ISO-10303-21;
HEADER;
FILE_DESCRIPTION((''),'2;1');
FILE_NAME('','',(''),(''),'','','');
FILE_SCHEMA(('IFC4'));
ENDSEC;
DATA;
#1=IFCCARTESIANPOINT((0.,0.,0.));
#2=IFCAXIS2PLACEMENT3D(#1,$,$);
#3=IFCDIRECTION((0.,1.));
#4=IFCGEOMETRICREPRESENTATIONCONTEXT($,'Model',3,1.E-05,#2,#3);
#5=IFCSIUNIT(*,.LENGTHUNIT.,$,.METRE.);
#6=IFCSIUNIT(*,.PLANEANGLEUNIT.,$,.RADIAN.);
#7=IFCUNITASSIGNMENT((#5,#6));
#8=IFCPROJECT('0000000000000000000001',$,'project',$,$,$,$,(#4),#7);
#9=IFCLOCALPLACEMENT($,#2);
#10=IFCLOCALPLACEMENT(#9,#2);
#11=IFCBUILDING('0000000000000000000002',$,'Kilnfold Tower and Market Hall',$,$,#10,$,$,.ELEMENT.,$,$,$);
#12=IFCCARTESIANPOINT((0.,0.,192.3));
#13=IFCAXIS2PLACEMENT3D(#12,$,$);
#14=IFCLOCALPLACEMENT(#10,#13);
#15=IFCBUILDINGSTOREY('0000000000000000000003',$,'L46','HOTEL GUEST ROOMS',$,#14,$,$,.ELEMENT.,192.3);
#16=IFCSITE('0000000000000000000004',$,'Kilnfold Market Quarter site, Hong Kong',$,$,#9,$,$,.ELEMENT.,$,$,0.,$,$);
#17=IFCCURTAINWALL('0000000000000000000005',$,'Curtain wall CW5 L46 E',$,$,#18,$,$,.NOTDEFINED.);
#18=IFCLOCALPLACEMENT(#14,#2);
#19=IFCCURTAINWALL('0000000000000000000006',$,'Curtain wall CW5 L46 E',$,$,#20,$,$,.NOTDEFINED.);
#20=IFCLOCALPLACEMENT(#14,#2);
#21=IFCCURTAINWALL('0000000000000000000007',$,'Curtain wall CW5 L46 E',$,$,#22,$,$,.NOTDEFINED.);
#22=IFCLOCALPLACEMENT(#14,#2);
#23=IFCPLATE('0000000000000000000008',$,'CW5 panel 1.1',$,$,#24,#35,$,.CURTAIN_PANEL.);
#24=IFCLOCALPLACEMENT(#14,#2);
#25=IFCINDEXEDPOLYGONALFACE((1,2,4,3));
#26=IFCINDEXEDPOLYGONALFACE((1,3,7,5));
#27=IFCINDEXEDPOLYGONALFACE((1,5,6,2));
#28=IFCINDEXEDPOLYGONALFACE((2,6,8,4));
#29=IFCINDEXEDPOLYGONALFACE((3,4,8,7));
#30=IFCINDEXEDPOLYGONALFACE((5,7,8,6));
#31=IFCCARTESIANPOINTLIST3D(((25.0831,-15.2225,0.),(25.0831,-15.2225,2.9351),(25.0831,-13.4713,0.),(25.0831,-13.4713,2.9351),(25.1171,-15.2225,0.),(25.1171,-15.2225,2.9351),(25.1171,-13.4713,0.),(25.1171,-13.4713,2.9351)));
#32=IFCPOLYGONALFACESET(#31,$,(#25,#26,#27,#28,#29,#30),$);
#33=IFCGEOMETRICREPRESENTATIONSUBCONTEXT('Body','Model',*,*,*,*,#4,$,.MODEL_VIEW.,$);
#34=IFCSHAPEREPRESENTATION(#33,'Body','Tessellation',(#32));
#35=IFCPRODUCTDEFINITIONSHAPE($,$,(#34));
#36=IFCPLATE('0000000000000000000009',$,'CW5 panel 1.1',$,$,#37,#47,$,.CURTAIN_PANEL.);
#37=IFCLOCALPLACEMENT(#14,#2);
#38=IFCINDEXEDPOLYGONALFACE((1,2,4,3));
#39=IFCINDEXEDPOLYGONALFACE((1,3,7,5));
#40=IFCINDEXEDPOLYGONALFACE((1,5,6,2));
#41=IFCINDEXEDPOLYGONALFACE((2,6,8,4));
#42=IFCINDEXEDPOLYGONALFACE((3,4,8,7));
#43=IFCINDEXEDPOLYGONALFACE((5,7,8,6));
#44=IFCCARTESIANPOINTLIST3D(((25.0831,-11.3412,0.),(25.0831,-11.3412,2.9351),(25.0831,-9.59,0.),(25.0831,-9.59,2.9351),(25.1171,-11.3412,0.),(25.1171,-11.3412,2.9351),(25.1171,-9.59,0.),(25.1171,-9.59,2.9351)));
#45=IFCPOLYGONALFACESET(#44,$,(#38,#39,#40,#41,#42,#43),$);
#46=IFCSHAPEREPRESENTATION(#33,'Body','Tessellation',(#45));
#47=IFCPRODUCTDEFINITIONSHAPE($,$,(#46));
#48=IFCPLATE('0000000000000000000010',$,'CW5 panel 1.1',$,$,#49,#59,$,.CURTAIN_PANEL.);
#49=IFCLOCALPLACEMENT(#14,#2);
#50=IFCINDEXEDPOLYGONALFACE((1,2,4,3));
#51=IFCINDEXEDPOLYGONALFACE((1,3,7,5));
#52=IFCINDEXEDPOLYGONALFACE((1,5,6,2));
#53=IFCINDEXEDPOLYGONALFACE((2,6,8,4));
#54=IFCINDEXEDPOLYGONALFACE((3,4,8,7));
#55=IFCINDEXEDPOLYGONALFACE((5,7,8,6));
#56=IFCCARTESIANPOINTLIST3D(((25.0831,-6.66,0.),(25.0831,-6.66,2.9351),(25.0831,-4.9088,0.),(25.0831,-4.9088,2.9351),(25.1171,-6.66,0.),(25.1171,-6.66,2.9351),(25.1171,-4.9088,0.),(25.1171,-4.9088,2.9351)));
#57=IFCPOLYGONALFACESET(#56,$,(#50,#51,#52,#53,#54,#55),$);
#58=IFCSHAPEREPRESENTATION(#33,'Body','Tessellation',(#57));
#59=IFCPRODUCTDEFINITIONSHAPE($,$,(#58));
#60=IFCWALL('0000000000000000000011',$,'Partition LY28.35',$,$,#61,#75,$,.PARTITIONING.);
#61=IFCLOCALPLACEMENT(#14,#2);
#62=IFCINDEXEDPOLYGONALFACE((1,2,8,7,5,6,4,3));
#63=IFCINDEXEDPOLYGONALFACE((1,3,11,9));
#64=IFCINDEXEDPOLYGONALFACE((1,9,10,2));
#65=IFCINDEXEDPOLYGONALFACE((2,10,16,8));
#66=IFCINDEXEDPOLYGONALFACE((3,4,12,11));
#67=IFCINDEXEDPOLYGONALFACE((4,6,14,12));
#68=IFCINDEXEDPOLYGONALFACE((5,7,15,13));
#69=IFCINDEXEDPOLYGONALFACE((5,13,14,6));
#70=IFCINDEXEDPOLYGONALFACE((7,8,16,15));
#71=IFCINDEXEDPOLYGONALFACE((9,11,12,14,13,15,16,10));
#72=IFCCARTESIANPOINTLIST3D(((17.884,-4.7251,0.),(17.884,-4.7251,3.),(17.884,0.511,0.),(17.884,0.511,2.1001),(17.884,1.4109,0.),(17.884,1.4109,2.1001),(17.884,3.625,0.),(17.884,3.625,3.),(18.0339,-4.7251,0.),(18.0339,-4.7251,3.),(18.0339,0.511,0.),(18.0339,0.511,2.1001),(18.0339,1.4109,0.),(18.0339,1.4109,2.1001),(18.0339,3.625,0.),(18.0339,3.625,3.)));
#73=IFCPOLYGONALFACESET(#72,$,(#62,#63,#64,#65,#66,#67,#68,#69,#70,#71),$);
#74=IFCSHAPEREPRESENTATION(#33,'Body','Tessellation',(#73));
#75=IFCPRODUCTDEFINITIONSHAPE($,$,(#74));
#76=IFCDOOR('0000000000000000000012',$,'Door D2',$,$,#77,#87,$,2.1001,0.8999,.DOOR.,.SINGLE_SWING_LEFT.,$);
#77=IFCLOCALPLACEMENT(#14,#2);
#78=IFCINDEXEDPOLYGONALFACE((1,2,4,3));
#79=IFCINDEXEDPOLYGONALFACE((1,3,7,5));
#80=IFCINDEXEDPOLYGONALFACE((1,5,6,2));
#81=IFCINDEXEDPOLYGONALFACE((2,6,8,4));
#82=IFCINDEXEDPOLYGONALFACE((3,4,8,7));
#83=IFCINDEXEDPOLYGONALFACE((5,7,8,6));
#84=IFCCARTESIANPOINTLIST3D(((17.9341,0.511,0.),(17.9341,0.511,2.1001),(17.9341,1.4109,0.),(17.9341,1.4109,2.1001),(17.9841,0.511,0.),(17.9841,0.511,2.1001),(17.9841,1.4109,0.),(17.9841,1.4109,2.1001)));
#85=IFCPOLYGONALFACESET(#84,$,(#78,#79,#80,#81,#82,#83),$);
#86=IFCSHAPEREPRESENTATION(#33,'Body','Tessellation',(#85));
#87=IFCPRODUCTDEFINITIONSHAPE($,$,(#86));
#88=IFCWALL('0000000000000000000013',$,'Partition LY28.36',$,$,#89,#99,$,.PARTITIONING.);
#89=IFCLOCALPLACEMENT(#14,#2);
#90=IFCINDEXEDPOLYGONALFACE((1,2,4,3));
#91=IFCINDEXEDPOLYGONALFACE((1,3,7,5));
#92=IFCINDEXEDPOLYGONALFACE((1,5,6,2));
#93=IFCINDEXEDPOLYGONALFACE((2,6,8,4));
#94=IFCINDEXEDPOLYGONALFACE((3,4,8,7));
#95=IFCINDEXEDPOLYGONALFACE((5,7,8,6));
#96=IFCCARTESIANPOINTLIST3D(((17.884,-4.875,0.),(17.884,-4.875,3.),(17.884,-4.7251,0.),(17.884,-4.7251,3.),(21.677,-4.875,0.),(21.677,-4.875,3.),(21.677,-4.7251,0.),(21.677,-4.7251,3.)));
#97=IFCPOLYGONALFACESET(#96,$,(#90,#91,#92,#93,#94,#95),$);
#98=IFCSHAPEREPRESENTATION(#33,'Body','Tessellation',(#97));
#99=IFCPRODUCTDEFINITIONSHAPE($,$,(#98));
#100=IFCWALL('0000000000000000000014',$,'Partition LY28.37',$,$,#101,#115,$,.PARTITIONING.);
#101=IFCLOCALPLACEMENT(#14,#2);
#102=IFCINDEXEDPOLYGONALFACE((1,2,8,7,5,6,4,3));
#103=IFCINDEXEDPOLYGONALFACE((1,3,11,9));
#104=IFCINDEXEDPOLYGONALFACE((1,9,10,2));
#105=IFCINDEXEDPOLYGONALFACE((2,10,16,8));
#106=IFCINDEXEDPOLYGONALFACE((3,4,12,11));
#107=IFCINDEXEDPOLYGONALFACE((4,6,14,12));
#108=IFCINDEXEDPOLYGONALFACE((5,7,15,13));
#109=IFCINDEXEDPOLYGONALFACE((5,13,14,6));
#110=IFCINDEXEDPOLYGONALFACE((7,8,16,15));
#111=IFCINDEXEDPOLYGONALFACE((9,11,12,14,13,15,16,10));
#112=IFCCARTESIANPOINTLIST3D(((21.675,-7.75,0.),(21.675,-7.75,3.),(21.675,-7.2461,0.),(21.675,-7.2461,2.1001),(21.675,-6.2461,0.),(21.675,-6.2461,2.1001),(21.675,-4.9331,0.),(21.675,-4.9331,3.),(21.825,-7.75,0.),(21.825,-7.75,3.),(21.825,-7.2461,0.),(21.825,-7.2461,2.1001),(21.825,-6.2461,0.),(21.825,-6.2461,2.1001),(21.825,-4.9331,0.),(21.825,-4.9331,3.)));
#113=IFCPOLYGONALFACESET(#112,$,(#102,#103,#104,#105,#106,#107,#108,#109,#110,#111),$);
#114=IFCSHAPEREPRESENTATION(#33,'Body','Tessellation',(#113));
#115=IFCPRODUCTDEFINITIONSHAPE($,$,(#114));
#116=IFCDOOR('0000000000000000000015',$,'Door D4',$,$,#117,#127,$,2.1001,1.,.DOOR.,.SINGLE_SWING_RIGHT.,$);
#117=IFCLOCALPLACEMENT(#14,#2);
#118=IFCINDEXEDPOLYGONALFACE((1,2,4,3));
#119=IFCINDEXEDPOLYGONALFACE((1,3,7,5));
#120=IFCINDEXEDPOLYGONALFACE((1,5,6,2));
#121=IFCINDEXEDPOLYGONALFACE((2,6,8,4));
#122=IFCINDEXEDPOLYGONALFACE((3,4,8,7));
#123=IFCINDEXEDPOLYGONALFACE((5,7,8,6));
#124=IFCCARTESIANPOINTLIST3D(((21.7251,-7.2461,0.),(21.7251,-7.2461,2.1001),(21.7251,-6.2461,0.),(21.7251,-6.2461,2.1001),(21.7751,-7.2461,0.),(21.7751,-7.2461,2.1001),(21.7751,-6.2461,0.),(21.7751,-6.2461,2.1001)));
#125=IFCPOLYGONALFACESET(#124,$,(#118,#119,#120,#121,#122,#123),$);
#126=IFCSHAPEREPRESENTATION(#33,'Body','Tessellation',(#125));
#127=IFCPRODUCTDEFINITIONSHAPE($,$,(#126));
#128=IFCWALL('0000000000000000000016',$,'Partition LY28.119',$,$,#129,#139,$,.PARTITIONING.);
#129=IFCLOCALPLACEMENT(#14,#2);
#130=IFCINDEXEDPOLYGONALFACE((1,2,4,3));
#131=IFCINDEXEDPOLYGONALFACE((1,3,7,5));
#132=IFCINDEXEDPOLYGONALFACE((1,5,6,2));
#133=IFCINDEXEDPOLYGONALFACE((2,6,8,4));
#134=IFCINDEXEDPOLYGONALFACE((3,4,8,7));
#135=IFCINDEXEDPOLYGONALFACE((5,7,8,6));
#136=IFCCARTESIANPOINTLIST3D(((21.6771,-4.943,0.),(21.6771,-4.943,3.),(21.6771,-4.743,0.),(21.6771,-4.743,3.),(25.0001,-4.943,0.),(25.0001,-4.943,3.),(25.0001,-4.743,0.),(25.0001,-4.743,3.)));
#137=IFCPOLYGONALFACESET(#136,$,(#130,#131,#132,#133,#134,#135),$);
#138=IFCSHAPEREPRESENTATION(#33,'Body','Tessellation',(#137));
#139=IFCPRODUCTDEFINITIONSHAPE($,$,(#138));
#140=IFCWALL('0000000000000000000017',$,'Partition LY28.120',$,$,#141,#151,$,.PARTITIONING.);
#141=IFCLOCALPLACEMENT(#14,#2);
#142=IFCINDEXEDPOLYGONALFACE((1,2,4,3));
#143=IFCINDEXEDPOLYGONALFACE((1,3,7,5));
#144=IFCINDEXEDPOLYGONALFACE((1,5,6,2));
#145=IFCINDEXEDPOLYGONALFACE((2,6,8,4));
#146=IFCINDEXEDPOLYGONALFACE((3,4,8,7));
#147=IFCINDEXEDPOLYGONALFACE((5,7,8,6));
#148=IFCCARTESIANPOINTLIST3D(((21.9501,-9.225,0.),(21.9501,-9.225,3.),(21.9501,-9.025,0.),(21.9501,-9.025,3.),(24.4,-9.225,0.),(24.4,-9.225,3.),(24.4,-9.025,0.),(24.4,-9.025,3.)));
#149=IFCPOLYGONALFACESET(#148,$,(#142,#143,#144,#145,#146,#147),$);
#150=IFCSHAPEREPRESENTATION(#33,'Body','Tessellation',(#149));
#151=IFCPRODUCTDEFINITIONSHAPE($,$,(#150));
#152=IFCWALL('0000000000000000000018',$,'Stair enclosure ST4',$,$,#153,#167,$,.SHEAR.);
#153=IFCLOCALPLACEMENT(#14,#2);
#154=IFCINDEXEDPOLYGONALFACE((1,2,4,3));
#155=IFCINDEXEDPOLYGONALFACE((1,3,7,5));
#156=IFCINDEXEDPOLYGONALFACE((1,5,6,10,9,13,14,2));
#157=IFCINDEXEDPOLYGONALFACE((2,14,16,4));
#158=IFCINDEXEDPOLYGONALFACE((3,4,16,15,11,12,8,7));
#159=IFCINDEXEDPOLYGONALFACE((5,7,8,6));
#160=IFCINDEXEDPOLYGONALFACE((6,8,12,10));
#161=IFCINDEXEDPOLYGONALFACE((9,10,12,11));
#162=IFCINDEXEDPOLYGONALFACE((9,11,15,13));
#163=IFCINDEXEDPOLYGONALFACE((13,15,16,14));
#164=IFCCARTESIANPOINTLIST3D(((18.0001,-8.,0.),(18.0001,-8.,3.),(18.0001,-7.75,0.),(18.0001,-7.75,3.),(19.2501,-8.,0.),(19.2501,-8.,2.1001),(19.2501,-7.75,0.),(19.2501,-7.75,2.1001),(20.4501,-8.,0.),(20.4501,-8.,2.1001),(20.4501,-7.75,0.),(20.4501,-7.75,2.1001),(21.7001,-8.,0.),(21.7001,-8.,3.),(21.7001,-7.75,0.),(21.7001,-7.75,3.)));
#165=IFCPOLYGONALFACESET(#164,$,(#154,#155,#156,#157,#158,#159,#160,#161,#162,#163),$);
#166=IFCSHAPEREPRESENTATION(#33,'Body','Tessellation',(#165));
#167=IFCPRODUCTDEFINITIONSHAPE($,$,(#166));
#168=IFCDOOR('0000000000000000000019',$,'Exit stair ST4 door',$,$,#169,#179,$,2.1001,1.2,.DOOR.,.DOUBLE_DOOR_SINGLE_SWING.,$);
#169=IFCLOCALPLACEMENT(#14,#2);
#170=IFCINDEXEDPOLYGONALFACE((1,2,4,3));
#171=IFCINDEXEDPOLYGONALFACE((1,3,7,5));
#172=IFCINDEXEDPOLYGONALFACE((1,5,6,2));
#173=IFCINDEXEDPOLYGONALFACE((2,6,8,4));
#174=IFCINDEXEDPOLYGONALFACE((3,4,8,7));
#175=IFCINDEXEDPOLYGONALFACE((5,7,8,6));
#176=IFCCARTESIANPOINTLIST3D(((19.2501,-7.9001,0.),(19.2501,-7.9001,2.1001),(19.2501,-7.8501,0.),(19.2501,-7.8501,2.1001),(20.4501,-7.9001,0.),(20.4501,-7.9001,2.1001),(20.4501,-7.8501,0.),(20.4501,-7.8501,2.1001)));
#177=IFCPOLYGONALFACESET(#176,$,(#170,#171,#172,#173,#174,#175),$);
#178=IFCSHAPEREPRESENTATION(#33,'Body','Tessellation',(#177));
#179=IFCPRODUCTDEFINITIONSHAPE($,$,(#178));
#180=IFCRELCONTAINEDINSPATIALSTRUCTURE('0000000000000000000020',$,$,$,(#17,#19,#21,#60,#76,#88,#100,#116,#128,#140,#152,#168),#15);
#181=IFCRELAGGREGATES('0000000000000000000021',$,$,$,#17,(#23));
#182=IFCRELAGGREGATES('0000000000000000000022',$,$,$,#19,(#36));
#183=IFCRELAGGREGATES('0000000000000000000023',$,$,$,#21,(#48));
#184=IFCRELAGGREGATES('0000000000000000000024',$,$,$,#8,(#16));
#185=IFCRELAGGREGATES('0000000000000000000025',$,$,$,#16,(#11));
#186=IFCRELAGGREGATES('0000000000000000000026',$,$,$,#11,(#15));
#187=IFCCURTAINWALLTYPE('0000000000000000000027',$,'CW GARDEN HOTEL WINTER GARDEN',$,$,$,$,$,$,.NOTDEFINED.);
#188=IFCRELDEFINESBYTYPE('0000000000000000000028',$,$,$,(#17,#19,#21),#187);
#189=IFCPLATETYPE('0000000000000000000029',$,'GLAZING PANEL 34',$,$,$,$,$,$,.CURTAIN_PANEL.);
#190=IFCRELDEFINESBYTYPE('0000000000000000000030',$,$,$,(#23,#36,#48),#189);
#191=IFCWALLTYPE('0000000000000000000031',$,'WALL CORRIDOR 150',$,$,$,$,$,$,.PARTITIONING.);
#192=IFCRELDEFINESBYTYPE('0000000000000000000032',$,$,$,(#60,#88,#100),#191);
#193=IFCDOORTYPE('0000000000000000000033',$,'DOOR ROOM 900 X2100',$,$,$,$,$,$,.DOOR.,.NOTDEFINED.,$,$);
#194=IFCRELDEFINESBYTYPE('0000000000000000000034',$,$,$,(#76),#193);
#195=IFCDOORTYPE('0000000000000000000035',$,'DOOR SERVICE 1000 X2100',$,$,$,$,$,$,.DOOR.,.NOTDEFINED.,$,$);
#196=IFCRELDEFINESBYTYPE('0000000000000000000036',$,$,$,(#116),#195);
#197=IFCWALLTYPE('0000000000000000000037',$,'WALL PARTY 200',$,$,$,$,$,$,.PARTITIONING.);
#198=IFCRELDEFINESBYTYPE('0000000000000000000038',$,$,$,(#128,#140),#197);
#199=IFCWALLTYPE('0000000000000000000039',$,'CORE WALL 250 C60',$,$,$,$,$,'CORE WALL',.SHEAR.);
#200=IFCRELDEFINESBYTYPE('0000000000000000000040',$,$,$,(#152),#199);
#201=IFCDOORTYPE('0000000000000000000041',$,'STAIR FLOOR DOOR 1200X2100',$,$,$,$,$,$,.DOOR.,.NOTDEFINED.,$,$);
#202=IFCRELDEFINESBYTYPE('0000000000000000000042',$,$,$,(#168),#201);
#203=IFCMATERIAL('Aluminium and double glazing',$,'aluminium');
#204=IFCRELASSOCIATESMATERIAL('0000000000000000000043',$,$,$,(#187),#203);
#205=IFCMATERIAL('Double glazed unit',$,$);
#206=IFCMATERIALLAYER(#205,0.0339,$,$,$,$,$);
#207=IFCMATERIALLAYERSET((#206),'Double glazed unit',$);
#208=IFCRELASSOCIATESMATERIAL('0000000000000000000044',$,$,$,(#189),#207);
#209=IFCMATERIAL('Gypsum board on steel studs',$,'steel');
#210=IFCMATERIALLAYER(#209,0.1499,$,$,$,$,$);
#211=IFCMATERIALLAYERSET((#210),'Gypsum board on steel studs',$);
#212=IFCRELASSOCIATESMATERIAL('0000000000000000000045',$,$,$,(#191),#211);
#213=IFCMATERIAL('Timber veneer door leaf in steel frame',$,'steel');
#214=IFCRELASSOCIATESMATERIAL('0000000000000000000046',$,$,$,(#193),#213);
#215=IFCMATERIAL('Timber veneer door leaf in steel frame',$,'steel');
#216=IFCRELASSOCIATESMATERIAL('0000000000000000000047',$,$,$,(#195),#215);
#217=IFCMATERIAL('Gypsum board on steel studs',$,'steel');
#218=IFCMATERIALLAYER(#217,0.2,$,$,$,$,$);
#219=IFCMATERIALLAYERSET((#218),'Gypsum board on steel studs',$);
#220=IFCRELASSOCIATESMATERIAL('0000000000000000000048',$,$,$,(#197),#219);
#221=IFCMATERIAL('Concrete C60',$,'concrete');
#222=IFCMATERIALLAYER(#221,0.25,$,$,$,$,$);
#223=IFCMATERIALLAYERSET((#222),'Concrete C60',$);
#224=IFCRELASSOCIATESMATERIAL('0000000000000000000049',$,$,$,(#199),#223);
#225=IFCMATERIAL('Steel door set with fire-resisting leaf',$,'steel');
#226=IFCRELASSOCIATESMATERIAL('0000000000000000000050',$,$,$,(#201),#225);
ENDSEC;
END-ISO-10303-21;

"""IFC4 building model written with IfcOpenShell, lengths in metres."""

from ifc_helpers import new_model, si_unit, direction, frame, frame_2d, origin, origin_2d, place, context, subcontext, project, spatial, rectangle, extrude, source, transform, mapped, material, layer, layer_set, type_object, element, fill, aggregate, save


model = new_model("IFC4")

# Units and contexts
model_context = context("Model", 3, precision=1e-05, world=origin(), true_north=direction((0.0, 1.0)))
body_context = subcontext(model_context, "Body", "Model", "MODEL_VIEW")
ifc_project = project(units=[si_unit("LENGTHUNIT", "METRE"), si_unit("PLANEANGLEUNIT", "RADIAN")], contexts=[model_context])

# Site, building, storey
site_placement = place(None, origin())
site = spatial("IfcSite", under=ifc_project, at=site_placement, Name="Kilnfold Market Quarter site, Hong Kong", CompositionType="ELEMENT", RefElevation=0.0)
building_placement = place(site_placement, origin())
building = spatial("IfcBuilding", under=site, at=building_placement, Name="Kilnfold Tower and Market Hall", CompositionType="ELEMENT")
storey_placement = place(building_placement, frame((0.0, 0.0, 192.3)))
storey = spatial("IfcBuildingStorey", under=building, at=storey_placement, Name="L46", Description="HOTEL GUEST ROOMS", CompositionType="ELEMENT", Elevation=192.3)

# Curtain walls
ifc_material_1 = material(Name="Aluminium and double glazing", Category="aluminium")
curtain_wall_type = type_object("IfcCurtainWallType", Name="CW GARDEN HOTEL WINTER GARDEN", PredefinedType="NOTDEFINED", material=ifc_material_1)
curtain_wall_1_placement = place(storey_placement, origin())
curtain_wall_1 = element("IfcCurtainWall", 1, at=curtain_wall_1_placement, inside=storey, type_object=curtain_wall_type, Name="Curtain wall CW5 L46 E", PredefinedType="NOTDEFINED")
curtain_wall_2_placement = place(storey_placement, origin())
curtain_wall_2 = element("IfcCurtainWall", 2, at=curtain_wall_2_placement, inside=storey, type_object=curtain_wall_type, Name="Curtain wall CW5 L46 E", PredefinedType="NOTDEFINED")
curtain_wall_3_placement = place(storey_placement, origin())
curtain_wall_3 = element("IfcCurtainWall", 3, at=curtain_wall_3_placement, inside=storey, type_object=curtain_wall_type, Name="Curtain wall CW5 L46 E", PredefinedType="NOTDEFINED")

# Plates
ifc_material_2 = material(Name="Double glazed unit")
ifc_layer_1 = layer(ifc_material_2, 0.0339)
ifc_layer_set_1 = layer_set([ifc_layer_1], Name="Double glazed unit")
plate_type = type_object("IfcPlateType", Name="GLAZING PANEL 34", PredefinedType="CURTAIN_PANEL", material=ifc_layer_set_1)
shared_shape_1 = source(origin(), body_context, "Body", "SweptSolid", [
    extrude(rectangle(XDim=1.7512, YDim=0.0339, at=origin_2d()), origin(), (0.0, 0.0, 1.0), 2.9351),
])
plate_1_placement = place(storey_placement, frame((25.1001, -14.3469, 0.0), z_axis=(0.0, 0.0, 1.0), x_axis=(0.0, 1.0, 0.0)))
plate_1 = element("IfcPlate", 4, at=plate_1_placement, type_object=plate_type, Name="CW5 panel 1.1", PredefinedType="CURTAIN_PANEL", context=body_context, shape_type="MappedRepresentation", body=[
    mapped(shared_shape_1, transform((0.0, 0.0, 0.0))),
])
aggregate(curtain_wall_1, [plate_1])
plate_2_placement = place(storey_placement, frame((25.1001, -10.4656, 0.0), z_axis=(0.0, 0.0, 1.0), x_axis=(0.0, 1.0, 0.0)))
plate_2 = element("IfcPlate", 5, at=plate_2_placement, type_object=plate_type, Name="CW5 panel 1.1", PredefinedType="CURTAIN_PANEL", context=body_context, shape_type="MappedRepresentation", body=[
    mapped(shared_shape_1, transform((0.0, 0.0, 0.0))),
])
aggregate(curtain_wall_2, [plate_2])
plate_3_placement = place(storey_placement, frame((25.1001, -5.7844, 0.0), z_axis=(0.0, 0.0, 1.0), x_axis=(0.0, 1.0, 0.0)))
plate_3 = element("IfcPlate", 6, at=plate_3_placement, type_object=plate_type, Name="CW5 panel 1.1", PredefinedType="CURTAIN_PANEL", context=body_context, shape_type="MappedRepresentation", body=[
    mapped(shared_shape_1, transform((0.0, 0.0, 0.0))),
])
aggregate(curtain_wall_3, [plate_3])

# Wall, opening, door
ifc_material_3 = material(Name="Gypsum board on steel studs", Category="steel")
ifc_layer_2 = layer(ifc_material_3, 0.1499)
ifc_layer_set_2 = layer_set([ifc_layer_2], Name="Gypsum board on steel studs")
wall_type_1 = type_object("IfcWallType", Name="WALL CORRIDOR 150", PredefinedType="PARTITIONING", material=ifc_layer_set_2)
wall_1_placement = place(storey_placement, frame((17.959, -4.7251, 0.0), z_axis=(0.0, 0.0, 1.0), x_axis=(0.0, 1.0, 0.0)))
wall_1 = element("IfcWall", 7, at=wall_1_placement, inside=storey, type_object=wall_type_1, Name="Partition LY28.35", PredefinedType="PARTITIONING", context=body_context, shape_type="SweptSolid", body=[
    extrude(rectangle(XDim=8.3501, YDim=0.1499, at=frame_2d((4.175, 0.0))), origin(), (0.0, 0.0, 1.0), 3.0),
])
opening_1_placement = place(wall_1_placement, frame((5.2361, 0.0, 0.0)))
opening_1 = element("IfcOpeningElement", 8, at=opening_1_placement, cuts=wall_1, PredefinedType="OPENING", context=body_context, shape_type="SweptSolid", body=[
    extrude(rectangle(XDim=0.8999, YDim=2.1001, at=frame_2d((0.45, 1.05))), frame((0.0, 0.085, 0.0), z_axis=(0.0, -1.0, 0.0), x_axis=(1.0, 0.0, 0.0)), (0.0, 0.0, 1.0), 0.1699),
])
ifc_material_4 = material(Name="Timber veneer door leaf in steel frame", Category="steel")
door_type_1 = type_object("IfcDoorType", Name="DOOR ROOM 900 X2100", OperationType="NOTDEFINED", PredefinedType="DOOR", material=ifc_material_4)
door_1_placement = place(opening_1_placement, origin())
door_1 = element("IfcDoor", 9, at=door_1_placement, inside=storey, type_object=door_type_1, Name="Door D2", OperationType="SINGLE_SWING_LEFT", OverallHeight=2.1001, OverallWidth=0.8999, PredefinedType="DOOR", context=body_context, shape_type="SweptSolid", body=[
    extrude(rectangle(XDim=0.8999, YDim=2.1001, at=frame_2d((0.45, 1.05))), frame((0.0, 0.0249, 0.0), z_axis=(0.0, -1.0, 0.0), x_axis=(1.0, 0.0, 0.0)), (0.0, 0.0, 1.0), 0.05),
])
fill(opening_1, door_1)

# Wall
wall_2_placement = place(storey_placement, frame((17.884, -4.8, 0.0), z_axis=(0.0, 0.0, 1.0), x_axis=(1.0, 0.0, 0.0)))
element("IfcWall", 10, at=wall_2_placement, inside=storey, type_object=wall_type_1, Name="Partition LY28.36", PredefinedType="PARTITIONING", context=body_context, shape_type="SweptSolid", body=[
    extrude(rectangle(XDim=3.793, YDim=0.1499, at=frame_2d((1.8965, 0.0))), origin(), (0.0, 0.0, 1.0), 3.0),
])

# Wall, opening, door
wall_3_placement = place(storey_placement, frame((21.75, -7.75, 0.0), z_axis=(0.0, 0.0, 1.0), x_axis=(0.0, 1.0, 0.0)))
wall_3 = element("IfcWall", 11, at=wall_3_placement, inside=storey, type_object=wall_type_1, Name="Partition LY28.37", PredefinedType="PARTITIONING", context=body_context, shape_type="SweptSolid", body=[
    extrude(rectangle(XDim=2.8169, YDim=0.1499, at=frame_2d((1.4084, 0.0))), origin(), (0.0, 0.0, 1.0), 3.0),
])
opening_2_placement = place(wall_3_placement, frame((0.5039, 0.0, 0.0)))
opening_2 = element("IfcOpeningElement", 12, at=opening_2_placement, cuts=wall_3, PredefinedType="OPENING", context=body_context, shape_type="SweptSolid", body=[
    extrude(rectangle(XDim=1.0, YDim=2.1001, at=frame_2d((0.5, 1.05))), frame((0.0, 0.085, 0.0), z_axis=(0.0, -1.0, 0.0), x_axis=(1.0, 0.0, 0.0)), (0.0, 0.0, 1.0), 0.1699),
])
ifc_material_5 = material(Name="Timber veneer door leaf in steel frame", Category="steel")
door_type_2 = type_object("IfcDoorType", Name="DOOR SERVICE 1000 X2100", OperationType="NOTDEFINED", PredefinedType="DOOR", material=ifc_material_5)
door_2_placement = place(opening_2_placement, origin())
door_2 = element("IfcDoor", 13, at=door_2_placement, inside=storey, type_object=door_type_2, Name="Door D4", OperationType="SINGLE_SWING_RIGHT", OverallHeight=2.1001, OverallWidth=1.0, PredefinedType="DOOR", context=body_context, shape_type="SweptSolid", body=[
    extrude(rectangle(XDim=1.0, YDim=2.1001, at=frame_2d((0.5, 1.05))), frame((0.0, 0.0249, 0.0), z_axis=(0.0, -1.0, 0.0), x_axis=(1.0, 0.0, 0.0)), (0.0, 0.0, 1.0), 0.05),
])
fill(opening_2, door_2)

# Walls
ifc_material_6 = material(Name="Gypsum board on steel studs", Category="steel")
ifc_layer_3 = layer(ifc_material_6, 0.2)
ifc_layer_set_3 = layer_set([ifc_layer_3], Name="Gypsum board on steel studs")
wall_type_2 = type_object("IfcWallType", Name="WALL PARTY 200", PredefinedType="PARTITIONING", material=ifc_layer_set_3)
wall_4_placement = place(storey_placement, frame((21.677, -4.843, 0.0), z_axis=(0.0, 0.0, 1.0), x_axis=(1.0, 0.0, 0.0)))
element("IfcWall", 14, at=wall_4_placement, inside=storey, type_object=wall_type_2, Name="Partition LY28.119", PredefinedType="PARTITIONING", context=body_context, shape_type="SweptSolid", body=[
    extrude(rectangle(XDim=3.323, YDim=0.2, at=frame_2d((1.6616, 0.0))), origin(), (0.0, 0.0, 1.0), 3.0),
])
wall_5_placement = place(storey_placement, frame((21.95, -9.125, 0.0), z_axis=(0.0, 0.0, 1.0), x_axis=(1.0, 0.0, 0.0)))
element("IfcWall", 15, at=wall_5_placement, inside=storey, type_object=wall_type_2, Name="Partition LY28.120", PredefinedType="PARTITIONING", context=body_context, shape_type="SweptSolid", body=[
    extrude(rectangle(XDim=2.45, YDim=0.2, at=frame_2d((1.2251, 0.0))), origin(), (0.0, 0.0, 1.0), 3.0),
])

# Wall, opening, door
ifc_material_7 = material(Name="Concrete C60", Category="concrete")
ifc_layer_4 = layer(ifc_material_7, 0.25)
ifc_layer_set_4 = layer_set([ifc_layer_4], Name="Concrete C60")
wall_type_3 = type_object("IfcWallType", Name="CORE WALL 250 C60", ElementType="CORE WALL", PredefinedType="SHEAR", material=ifc_layer_set_4)
shared_shape_2 = source(origin(), body_context, "Body", "SweptSolid", [
    extrude(rectangle(XDim=3.7, YDim=0.25, at=frame_2d((1.8501, 0.0))), origin(), (0.0, 0.0, 1.0), 3.0),
])
wall_6_placement = place(storey_placement, frame((18.0, -7.875, 0.0), z_axis=(0.0, 0.0, 1.0), x_axis=(1.0, 0.0, 0.0)))
wall_6 = element("IfcWall", 16, at=wall_6_placement, inside=storey, type_object=wall_type_3, Name="Stair enclosure ST4", PredefinedType="SHEAR", context=body_context, shape_type="MappedRepresentation", body=[
    mapped(shared_shape_2, transform((0.0, 0.0, 0.0))),
])
opening_3_placement = place(wall_6_placement, frame((1.25, 0.0, 0.0)))
opening_3 = element("IfcOpeningElement", 17, at=opening_3_placement, cuts=wall_6, PredefinedType="OPENING", context=body_context, shape_type="SweptSolid", body=[
    extrude(rectangle(XDim=1.2, YDim=2.1001, at=frame_2d((0.6001, 1.05))), frame((0.0, 0.135, 0.0), z_axis=(0.0, -1.0, 0.0), x_axis=(1.0, 0.0, 0.0)), (0.0, 0.0, 1.0), 0.27),
])
ifc_material_8 = material(Name="Steel door set with fire-resisting leaf", Category="steel")
door_type_3 = type_object("IfcDoorType", Name="STAIR FLOOR DOOR 1200X2100", OperationType="NOTDEFINED", PredefinedType="DOOR", material=ifc_material_8)
door_3_placement = place(opening_3_placement, origin())
door_3 = element("IfcDoor", 18, at=door_3_placement, inside=storey, type_object=door_type_3, Name="Exit stair ST4 door", OperationType="DOUBLE_DOOR_SINGLE_SWING", OverallHeight=2.1001, OverallWidth=1.2, PredefinedType="DOOR", context=body_context, shape_type="SweptSolid", body=[
    extrude(rectangle(XDim=1.2, YDim=2.1001, at=frame_2d((0.6001, 1.05))), frame((0.0, 0.0249, 0.0), z_axis=(0.0, -1.0, 0.0), x_axis=(1.0, 0.0, 0.0)), (0.0, 0.0, 1.0), 0.05),
])
fill(opening_3, door_3)

save(model, "model.ifc")
